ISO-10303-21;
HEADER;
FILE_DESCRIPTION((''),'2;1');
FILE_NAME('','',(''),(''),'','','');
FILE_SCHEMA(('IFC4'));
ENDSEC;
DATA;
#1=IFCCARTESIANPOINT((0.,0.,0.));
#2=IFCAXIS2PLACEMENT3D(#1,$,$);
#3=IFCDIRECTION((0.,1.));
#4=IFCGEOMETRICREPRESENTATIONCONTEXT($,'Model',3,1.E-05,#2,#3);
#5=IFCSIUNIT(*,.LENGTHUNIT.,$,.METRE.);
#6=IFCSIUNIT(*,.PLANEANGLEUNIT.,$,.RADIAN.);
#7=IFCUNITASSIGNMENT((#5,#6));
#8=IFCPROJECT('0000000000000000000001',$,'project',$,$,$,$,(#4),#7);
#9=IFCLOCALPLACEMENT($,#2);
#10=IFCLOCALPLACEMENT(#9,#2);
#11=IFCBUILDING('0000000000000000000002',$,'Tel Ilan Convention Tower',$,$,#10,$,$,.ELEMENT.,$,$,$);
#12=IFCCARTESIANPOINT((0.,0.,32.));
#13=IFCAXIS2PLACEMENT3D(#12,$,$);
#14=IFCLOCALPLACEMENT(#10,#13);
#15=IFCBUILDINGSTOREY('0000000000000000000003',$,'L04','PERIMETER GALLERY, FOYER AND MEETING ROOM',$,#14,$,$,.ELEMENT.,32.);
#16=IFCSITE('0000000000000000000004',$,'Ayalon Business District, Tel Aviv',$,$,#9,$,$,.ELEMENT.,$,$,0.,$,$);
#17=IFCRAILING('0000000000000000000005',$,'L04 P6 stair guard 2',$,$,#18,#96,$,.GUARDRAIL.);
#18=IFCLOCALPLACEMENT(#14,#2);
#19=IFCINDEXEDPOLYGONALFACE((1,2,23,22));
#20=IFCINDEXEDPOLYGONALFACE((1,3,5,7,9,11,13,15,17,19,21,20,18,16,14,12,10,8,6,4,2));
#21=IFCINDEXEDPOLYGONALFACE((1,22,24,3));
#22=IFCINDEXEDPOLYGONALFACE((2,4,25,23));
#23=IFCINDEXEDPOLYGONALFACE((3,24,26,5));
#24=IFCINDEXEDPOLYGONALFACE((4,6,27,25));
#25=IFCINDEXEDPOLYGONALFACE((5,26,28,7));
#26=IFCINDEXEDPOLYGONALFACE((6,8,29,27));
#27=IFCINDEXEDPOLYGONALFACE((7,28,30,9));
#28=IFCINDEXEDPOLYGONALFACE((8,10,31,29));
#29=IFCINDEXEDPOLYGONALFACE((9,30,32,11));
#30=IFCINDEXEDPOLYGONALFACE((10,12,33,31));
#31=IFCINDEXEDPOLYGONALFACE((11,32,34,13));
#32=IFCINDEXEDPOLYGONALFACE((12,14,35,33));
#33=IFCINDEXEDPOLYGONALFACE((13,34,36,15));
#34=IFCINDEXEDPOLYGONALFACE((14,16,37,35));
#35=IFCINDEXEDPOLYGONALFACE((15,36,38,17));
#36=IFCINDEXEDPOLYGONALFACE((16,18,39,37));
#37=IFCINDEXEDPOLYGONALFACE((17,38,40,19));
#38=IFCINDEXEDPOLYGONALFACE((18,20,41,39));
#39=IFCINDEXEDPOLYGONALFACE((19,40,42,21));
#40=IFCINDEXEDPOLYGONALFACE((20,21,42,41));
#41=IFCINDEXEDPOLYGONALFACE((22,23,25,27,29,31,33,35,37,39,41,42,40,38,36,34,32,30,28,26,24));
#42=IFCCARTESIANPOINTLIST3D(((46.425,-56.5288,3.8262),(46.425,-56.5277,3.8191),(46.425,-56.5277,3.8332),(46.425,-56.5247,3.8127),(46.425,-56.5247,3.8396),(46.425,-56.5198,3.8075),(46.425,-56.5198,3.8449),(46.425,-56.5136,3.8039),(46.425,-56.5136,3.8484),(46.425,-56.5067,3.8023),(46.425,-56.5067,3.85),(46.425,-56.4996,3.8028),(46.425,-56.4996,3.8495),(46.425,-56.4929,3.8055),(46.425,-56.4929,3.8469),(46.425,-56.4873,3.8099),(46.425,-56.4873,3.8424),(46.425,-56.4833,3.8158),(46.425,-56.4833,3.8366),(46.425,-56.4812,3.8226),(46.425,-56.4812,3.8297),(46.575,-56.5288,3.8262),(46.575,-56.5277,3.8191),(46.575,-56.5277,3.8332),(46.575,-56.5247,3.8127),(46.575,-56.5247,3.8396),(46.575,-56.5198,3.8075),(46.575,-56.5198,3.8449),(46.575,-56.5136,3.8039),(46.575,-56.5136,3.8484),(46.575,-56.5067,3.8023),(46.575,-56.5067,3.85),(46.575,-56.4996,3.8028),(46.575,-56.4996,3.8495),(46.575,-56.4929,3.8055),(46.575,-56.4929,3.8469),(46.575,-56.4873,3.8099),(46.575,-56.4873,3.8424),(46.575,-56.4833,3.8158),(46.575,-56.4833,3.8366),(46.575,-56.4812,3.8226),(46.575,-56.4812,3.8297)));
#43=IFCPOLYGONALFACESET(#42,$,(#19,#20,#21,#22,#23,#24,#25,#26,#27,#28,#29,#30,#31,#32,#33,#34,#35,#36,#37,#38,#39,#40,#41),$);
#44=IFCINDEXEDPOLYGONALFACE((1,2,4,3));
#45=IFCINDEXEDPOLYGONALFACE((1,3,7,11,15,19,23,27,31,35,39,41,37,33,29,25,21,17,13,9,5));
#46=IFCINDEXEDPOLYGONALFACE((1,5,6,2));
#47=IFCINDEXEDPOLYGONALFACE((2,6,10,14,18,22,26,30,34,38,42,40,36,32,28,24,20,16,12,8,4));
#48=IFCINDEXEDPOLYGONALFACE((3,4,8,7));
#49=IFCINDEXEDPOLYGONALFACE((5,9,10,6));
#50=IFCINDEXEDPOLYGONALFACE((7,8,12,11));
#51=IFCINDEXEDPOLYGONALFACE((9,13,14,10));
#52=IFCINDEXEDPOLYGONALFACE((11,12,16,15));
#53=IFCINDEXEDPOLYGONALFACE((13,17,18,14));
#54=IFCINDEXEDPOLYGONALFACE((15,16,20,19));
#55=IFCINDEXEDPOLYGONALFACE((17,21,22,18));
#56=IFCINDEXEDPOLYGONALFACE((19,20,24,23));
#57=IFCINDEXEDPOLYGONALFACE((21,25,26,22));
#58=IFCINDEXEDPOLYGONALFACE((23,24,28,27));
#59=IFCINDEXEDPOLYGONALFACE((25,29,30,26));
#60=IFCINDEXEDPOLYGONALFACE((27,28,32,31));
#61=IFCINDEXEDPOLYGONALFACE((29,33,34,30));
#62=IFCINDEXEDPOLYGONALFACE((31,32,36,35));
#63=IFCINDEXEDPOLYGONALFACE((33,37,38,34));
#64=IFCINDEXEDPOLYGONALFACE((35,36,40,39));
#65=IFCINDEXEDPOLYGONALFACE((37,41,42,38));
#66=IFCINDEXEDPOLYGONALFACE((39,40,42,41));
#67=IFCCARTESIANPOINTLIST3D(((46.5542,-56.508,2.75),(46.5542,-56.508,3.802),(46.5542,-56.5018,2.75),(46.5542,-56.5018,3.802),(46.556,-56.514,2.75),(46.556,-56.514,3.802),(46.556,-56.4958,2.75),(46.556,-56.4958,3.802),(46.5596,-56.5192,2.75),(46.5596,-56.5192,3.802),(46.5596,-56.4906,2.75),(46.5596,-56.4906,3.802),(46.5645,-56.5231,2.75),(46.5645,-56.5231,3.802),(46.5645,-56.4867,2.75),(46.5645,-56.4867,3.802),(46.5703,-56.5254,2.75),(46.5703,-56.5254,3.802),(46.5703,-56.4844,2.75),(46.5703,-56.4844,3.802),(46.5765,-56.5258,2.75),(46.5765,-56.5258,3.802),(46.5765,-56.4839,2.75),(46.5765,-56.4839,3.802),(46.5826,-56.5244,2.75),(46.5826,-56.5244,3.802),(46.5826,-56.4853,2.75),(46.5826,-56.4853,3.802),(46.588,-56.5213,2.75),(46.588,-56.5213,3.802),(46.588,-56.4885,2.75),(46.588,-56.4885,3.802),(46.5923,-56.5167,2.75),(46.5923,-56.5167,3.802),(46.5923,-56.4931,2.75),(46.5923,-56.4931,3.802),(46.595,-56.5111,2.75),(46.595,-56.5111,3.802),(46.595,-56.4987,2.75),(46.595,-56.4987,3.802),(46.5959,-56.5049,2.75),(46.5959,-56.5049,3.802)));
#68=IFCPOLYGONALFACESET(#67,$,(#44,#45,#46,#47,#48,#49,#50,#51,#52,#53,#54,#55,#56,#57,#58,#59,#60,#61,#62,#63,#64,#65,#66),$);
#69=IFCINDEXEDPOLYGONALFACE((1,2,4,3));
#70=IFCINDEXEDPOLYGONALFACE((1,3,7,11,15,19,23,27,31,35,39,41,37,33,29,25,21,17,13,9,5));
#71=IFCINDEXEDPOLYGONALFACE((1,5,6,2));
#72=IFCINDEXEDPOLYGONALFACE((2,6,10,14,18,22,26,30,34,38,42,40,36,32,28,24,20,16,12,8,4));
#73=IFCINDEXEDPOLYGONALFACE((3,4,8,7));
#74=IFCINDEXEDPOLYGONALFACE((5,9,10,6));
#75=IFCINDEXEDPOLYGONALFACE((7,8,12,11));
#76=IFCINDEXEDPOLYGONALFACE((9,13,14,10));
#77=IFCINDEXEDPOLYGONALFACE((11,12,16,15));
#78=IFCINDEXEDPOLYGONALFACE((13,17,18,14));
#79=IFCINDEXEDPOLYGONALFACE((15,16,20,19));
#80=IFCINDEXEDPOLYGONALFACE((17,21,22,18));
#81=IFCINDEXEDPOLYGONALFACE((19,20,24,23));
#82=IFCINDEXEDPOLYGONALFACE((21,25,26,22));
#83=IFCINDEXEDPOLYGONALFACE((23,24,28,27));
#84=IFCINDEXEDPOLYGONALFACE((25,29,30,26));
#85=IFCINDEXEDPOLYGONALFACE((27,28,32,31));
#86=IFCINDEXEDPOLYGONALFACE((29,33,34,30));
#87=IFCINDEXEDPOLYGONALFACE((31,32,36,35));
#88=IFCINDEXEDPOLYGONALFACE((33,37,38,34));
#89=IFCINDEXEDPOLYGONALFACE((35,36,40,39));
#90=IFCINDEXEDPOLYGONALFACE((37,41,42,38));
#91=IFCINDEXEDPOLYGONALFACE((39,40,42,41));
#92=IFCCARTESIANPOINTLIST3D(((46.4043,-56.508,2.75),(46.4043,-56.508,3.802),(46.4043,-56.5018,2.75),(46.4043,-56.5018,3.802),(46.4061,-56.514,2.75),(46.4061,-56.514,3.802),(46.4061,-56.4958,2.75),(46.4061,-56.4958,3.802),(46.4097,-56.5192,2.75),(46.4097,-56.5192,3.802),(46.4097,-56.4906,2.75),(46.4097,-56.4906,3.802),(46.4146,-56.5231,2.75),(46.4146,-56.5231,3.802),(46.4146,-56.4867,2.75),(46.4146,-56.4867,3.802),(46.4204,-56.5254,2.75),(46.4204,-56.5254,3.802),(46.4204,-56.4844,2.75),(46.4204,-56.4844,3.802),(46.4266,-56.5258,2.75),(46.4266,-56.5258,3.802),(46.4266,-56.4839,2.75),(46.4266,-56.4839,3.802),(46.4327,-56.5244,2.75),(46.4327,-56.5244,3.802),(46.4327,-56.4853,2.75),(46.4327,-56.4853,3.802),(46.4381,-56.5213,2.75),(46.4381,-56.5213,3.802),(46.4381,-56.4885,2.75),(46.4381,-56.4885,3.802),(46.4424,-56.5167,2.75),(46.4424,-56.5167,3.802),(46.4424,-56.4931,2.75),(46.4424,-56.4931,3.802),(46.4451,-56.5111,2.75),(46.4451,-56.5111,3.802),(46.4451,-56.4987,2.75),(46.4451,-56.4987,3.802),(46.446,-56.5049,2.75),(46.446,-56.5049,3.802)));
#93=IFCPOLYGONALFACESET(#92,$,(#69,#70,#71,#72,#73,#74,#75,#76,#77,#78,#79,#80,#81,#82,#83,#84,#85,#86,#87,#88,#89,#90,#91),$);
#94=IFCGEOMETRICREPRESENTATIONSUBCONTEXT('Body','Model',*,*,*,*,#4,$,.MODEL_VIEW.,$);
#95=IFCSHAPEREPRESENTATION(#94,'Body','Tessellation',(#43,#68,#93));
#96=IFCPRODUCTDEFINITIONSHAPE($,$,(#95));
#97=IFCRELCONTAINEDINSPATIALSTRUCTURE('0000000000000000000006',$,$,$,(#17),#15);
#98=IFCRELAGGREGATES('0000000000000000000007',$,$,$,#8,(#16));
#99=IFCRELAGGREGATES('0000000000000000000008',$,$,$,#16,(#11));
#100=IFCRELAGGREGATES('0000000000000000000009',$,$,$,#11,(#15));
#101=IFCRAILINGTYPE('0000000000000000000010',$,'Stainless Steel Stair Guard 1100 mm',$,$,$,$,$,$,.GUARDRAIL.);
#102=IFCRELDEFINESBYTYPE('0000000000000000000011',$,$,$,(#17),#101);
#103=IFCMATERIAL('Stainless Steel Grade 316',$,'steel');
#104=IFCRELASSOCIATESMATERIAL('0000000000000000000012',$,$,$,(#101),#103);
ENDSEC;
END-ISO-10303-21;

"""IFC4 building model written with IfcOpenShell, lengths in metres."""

from ifc_helpers import new_model, si_unit, direction, frame, origin, origin_2d, place, context, subcontext, project, spatial, circle, extrude, material, type_object, element, save


model = new_model("IFC4")

# Units and contexts
model_context = context("Model", 3, precision=1e-05, world=origin(), true_north=direction((0.0, 1.0)))
body_context = subcontext(model_context, "Body", "Model", "MODEL_VIEW")
ifc_project = project(units=[si_unit("LENGTHUNIT", "METRE"), si_unit("PLANEANGLEUNIT", "RADIAN")], contexts=[model_context])

# Site, building, storey
site_placement = place(None, origin())
site = spatial("IfcSite", under=ifc_project, at=site_placement, Name="Ayalon Business District, Tel Aviv", CompositionType="ELEMENT", RefElevation=0.0)
building_placement = place(site_placement, origin())
building = spatial("IfcBuilding", under=site, at=building_placement, Name="Tel Ilan Convention Tower", CompositionType="ELEMENT")
storey_placement = place(building_placement, frame((0.0, 0.0, 32.0)))
storey = spatial("IfcBuildingStorey", under=building, at=storey_placement, Name="L04", Description="PERIMETER GALLERY, FOYER AND MEETING ROOM", CompositionType="ELEMENT", Elevation=32.0)

# Railing
ifc_material_1 = material(Name="Stainless Steel Grade 316", Category="steel")
railing_type_1 = type_object("IfcRailingType", Name="Stainless Steel Stair Guard 1100 mm", PredefinedType="GUARDRAIL", material=ifc_material_1)
railing_1_placement = place(storey_placement, frame((46.575, -56.5049, 2.75)))
element("IfcRailing", 1, at=railing_1_placement, inside=storey, type_object=railing_type_1, Name="L04 P6 stair guard 2", PredefinedType="GUARDRAIL", context=body_context, shape_type="SweptSolid", body=[
    extrude(circle(Radius=0.0239, at=origin_2d()), frame((0.0, 0.0, 1.0762), z_axis=(-1.0, 0.0, 0.0), x_axis=(0.0, -1.0, 0.0)), (0.0, 0.0, 1.0), 0.1499),
    extrude(circle(Radius=0.021, at=origin_2d()), origin(), (0.0, 0.0, 1.0), 1.052),
    extrude(circle(Radius=0.021, at=origin_2d()), frame((-0.1499, 0.0, 0.0)), (0.0, 0.0, 1.0), 1.052),
])

save(model, "model.ifc")
